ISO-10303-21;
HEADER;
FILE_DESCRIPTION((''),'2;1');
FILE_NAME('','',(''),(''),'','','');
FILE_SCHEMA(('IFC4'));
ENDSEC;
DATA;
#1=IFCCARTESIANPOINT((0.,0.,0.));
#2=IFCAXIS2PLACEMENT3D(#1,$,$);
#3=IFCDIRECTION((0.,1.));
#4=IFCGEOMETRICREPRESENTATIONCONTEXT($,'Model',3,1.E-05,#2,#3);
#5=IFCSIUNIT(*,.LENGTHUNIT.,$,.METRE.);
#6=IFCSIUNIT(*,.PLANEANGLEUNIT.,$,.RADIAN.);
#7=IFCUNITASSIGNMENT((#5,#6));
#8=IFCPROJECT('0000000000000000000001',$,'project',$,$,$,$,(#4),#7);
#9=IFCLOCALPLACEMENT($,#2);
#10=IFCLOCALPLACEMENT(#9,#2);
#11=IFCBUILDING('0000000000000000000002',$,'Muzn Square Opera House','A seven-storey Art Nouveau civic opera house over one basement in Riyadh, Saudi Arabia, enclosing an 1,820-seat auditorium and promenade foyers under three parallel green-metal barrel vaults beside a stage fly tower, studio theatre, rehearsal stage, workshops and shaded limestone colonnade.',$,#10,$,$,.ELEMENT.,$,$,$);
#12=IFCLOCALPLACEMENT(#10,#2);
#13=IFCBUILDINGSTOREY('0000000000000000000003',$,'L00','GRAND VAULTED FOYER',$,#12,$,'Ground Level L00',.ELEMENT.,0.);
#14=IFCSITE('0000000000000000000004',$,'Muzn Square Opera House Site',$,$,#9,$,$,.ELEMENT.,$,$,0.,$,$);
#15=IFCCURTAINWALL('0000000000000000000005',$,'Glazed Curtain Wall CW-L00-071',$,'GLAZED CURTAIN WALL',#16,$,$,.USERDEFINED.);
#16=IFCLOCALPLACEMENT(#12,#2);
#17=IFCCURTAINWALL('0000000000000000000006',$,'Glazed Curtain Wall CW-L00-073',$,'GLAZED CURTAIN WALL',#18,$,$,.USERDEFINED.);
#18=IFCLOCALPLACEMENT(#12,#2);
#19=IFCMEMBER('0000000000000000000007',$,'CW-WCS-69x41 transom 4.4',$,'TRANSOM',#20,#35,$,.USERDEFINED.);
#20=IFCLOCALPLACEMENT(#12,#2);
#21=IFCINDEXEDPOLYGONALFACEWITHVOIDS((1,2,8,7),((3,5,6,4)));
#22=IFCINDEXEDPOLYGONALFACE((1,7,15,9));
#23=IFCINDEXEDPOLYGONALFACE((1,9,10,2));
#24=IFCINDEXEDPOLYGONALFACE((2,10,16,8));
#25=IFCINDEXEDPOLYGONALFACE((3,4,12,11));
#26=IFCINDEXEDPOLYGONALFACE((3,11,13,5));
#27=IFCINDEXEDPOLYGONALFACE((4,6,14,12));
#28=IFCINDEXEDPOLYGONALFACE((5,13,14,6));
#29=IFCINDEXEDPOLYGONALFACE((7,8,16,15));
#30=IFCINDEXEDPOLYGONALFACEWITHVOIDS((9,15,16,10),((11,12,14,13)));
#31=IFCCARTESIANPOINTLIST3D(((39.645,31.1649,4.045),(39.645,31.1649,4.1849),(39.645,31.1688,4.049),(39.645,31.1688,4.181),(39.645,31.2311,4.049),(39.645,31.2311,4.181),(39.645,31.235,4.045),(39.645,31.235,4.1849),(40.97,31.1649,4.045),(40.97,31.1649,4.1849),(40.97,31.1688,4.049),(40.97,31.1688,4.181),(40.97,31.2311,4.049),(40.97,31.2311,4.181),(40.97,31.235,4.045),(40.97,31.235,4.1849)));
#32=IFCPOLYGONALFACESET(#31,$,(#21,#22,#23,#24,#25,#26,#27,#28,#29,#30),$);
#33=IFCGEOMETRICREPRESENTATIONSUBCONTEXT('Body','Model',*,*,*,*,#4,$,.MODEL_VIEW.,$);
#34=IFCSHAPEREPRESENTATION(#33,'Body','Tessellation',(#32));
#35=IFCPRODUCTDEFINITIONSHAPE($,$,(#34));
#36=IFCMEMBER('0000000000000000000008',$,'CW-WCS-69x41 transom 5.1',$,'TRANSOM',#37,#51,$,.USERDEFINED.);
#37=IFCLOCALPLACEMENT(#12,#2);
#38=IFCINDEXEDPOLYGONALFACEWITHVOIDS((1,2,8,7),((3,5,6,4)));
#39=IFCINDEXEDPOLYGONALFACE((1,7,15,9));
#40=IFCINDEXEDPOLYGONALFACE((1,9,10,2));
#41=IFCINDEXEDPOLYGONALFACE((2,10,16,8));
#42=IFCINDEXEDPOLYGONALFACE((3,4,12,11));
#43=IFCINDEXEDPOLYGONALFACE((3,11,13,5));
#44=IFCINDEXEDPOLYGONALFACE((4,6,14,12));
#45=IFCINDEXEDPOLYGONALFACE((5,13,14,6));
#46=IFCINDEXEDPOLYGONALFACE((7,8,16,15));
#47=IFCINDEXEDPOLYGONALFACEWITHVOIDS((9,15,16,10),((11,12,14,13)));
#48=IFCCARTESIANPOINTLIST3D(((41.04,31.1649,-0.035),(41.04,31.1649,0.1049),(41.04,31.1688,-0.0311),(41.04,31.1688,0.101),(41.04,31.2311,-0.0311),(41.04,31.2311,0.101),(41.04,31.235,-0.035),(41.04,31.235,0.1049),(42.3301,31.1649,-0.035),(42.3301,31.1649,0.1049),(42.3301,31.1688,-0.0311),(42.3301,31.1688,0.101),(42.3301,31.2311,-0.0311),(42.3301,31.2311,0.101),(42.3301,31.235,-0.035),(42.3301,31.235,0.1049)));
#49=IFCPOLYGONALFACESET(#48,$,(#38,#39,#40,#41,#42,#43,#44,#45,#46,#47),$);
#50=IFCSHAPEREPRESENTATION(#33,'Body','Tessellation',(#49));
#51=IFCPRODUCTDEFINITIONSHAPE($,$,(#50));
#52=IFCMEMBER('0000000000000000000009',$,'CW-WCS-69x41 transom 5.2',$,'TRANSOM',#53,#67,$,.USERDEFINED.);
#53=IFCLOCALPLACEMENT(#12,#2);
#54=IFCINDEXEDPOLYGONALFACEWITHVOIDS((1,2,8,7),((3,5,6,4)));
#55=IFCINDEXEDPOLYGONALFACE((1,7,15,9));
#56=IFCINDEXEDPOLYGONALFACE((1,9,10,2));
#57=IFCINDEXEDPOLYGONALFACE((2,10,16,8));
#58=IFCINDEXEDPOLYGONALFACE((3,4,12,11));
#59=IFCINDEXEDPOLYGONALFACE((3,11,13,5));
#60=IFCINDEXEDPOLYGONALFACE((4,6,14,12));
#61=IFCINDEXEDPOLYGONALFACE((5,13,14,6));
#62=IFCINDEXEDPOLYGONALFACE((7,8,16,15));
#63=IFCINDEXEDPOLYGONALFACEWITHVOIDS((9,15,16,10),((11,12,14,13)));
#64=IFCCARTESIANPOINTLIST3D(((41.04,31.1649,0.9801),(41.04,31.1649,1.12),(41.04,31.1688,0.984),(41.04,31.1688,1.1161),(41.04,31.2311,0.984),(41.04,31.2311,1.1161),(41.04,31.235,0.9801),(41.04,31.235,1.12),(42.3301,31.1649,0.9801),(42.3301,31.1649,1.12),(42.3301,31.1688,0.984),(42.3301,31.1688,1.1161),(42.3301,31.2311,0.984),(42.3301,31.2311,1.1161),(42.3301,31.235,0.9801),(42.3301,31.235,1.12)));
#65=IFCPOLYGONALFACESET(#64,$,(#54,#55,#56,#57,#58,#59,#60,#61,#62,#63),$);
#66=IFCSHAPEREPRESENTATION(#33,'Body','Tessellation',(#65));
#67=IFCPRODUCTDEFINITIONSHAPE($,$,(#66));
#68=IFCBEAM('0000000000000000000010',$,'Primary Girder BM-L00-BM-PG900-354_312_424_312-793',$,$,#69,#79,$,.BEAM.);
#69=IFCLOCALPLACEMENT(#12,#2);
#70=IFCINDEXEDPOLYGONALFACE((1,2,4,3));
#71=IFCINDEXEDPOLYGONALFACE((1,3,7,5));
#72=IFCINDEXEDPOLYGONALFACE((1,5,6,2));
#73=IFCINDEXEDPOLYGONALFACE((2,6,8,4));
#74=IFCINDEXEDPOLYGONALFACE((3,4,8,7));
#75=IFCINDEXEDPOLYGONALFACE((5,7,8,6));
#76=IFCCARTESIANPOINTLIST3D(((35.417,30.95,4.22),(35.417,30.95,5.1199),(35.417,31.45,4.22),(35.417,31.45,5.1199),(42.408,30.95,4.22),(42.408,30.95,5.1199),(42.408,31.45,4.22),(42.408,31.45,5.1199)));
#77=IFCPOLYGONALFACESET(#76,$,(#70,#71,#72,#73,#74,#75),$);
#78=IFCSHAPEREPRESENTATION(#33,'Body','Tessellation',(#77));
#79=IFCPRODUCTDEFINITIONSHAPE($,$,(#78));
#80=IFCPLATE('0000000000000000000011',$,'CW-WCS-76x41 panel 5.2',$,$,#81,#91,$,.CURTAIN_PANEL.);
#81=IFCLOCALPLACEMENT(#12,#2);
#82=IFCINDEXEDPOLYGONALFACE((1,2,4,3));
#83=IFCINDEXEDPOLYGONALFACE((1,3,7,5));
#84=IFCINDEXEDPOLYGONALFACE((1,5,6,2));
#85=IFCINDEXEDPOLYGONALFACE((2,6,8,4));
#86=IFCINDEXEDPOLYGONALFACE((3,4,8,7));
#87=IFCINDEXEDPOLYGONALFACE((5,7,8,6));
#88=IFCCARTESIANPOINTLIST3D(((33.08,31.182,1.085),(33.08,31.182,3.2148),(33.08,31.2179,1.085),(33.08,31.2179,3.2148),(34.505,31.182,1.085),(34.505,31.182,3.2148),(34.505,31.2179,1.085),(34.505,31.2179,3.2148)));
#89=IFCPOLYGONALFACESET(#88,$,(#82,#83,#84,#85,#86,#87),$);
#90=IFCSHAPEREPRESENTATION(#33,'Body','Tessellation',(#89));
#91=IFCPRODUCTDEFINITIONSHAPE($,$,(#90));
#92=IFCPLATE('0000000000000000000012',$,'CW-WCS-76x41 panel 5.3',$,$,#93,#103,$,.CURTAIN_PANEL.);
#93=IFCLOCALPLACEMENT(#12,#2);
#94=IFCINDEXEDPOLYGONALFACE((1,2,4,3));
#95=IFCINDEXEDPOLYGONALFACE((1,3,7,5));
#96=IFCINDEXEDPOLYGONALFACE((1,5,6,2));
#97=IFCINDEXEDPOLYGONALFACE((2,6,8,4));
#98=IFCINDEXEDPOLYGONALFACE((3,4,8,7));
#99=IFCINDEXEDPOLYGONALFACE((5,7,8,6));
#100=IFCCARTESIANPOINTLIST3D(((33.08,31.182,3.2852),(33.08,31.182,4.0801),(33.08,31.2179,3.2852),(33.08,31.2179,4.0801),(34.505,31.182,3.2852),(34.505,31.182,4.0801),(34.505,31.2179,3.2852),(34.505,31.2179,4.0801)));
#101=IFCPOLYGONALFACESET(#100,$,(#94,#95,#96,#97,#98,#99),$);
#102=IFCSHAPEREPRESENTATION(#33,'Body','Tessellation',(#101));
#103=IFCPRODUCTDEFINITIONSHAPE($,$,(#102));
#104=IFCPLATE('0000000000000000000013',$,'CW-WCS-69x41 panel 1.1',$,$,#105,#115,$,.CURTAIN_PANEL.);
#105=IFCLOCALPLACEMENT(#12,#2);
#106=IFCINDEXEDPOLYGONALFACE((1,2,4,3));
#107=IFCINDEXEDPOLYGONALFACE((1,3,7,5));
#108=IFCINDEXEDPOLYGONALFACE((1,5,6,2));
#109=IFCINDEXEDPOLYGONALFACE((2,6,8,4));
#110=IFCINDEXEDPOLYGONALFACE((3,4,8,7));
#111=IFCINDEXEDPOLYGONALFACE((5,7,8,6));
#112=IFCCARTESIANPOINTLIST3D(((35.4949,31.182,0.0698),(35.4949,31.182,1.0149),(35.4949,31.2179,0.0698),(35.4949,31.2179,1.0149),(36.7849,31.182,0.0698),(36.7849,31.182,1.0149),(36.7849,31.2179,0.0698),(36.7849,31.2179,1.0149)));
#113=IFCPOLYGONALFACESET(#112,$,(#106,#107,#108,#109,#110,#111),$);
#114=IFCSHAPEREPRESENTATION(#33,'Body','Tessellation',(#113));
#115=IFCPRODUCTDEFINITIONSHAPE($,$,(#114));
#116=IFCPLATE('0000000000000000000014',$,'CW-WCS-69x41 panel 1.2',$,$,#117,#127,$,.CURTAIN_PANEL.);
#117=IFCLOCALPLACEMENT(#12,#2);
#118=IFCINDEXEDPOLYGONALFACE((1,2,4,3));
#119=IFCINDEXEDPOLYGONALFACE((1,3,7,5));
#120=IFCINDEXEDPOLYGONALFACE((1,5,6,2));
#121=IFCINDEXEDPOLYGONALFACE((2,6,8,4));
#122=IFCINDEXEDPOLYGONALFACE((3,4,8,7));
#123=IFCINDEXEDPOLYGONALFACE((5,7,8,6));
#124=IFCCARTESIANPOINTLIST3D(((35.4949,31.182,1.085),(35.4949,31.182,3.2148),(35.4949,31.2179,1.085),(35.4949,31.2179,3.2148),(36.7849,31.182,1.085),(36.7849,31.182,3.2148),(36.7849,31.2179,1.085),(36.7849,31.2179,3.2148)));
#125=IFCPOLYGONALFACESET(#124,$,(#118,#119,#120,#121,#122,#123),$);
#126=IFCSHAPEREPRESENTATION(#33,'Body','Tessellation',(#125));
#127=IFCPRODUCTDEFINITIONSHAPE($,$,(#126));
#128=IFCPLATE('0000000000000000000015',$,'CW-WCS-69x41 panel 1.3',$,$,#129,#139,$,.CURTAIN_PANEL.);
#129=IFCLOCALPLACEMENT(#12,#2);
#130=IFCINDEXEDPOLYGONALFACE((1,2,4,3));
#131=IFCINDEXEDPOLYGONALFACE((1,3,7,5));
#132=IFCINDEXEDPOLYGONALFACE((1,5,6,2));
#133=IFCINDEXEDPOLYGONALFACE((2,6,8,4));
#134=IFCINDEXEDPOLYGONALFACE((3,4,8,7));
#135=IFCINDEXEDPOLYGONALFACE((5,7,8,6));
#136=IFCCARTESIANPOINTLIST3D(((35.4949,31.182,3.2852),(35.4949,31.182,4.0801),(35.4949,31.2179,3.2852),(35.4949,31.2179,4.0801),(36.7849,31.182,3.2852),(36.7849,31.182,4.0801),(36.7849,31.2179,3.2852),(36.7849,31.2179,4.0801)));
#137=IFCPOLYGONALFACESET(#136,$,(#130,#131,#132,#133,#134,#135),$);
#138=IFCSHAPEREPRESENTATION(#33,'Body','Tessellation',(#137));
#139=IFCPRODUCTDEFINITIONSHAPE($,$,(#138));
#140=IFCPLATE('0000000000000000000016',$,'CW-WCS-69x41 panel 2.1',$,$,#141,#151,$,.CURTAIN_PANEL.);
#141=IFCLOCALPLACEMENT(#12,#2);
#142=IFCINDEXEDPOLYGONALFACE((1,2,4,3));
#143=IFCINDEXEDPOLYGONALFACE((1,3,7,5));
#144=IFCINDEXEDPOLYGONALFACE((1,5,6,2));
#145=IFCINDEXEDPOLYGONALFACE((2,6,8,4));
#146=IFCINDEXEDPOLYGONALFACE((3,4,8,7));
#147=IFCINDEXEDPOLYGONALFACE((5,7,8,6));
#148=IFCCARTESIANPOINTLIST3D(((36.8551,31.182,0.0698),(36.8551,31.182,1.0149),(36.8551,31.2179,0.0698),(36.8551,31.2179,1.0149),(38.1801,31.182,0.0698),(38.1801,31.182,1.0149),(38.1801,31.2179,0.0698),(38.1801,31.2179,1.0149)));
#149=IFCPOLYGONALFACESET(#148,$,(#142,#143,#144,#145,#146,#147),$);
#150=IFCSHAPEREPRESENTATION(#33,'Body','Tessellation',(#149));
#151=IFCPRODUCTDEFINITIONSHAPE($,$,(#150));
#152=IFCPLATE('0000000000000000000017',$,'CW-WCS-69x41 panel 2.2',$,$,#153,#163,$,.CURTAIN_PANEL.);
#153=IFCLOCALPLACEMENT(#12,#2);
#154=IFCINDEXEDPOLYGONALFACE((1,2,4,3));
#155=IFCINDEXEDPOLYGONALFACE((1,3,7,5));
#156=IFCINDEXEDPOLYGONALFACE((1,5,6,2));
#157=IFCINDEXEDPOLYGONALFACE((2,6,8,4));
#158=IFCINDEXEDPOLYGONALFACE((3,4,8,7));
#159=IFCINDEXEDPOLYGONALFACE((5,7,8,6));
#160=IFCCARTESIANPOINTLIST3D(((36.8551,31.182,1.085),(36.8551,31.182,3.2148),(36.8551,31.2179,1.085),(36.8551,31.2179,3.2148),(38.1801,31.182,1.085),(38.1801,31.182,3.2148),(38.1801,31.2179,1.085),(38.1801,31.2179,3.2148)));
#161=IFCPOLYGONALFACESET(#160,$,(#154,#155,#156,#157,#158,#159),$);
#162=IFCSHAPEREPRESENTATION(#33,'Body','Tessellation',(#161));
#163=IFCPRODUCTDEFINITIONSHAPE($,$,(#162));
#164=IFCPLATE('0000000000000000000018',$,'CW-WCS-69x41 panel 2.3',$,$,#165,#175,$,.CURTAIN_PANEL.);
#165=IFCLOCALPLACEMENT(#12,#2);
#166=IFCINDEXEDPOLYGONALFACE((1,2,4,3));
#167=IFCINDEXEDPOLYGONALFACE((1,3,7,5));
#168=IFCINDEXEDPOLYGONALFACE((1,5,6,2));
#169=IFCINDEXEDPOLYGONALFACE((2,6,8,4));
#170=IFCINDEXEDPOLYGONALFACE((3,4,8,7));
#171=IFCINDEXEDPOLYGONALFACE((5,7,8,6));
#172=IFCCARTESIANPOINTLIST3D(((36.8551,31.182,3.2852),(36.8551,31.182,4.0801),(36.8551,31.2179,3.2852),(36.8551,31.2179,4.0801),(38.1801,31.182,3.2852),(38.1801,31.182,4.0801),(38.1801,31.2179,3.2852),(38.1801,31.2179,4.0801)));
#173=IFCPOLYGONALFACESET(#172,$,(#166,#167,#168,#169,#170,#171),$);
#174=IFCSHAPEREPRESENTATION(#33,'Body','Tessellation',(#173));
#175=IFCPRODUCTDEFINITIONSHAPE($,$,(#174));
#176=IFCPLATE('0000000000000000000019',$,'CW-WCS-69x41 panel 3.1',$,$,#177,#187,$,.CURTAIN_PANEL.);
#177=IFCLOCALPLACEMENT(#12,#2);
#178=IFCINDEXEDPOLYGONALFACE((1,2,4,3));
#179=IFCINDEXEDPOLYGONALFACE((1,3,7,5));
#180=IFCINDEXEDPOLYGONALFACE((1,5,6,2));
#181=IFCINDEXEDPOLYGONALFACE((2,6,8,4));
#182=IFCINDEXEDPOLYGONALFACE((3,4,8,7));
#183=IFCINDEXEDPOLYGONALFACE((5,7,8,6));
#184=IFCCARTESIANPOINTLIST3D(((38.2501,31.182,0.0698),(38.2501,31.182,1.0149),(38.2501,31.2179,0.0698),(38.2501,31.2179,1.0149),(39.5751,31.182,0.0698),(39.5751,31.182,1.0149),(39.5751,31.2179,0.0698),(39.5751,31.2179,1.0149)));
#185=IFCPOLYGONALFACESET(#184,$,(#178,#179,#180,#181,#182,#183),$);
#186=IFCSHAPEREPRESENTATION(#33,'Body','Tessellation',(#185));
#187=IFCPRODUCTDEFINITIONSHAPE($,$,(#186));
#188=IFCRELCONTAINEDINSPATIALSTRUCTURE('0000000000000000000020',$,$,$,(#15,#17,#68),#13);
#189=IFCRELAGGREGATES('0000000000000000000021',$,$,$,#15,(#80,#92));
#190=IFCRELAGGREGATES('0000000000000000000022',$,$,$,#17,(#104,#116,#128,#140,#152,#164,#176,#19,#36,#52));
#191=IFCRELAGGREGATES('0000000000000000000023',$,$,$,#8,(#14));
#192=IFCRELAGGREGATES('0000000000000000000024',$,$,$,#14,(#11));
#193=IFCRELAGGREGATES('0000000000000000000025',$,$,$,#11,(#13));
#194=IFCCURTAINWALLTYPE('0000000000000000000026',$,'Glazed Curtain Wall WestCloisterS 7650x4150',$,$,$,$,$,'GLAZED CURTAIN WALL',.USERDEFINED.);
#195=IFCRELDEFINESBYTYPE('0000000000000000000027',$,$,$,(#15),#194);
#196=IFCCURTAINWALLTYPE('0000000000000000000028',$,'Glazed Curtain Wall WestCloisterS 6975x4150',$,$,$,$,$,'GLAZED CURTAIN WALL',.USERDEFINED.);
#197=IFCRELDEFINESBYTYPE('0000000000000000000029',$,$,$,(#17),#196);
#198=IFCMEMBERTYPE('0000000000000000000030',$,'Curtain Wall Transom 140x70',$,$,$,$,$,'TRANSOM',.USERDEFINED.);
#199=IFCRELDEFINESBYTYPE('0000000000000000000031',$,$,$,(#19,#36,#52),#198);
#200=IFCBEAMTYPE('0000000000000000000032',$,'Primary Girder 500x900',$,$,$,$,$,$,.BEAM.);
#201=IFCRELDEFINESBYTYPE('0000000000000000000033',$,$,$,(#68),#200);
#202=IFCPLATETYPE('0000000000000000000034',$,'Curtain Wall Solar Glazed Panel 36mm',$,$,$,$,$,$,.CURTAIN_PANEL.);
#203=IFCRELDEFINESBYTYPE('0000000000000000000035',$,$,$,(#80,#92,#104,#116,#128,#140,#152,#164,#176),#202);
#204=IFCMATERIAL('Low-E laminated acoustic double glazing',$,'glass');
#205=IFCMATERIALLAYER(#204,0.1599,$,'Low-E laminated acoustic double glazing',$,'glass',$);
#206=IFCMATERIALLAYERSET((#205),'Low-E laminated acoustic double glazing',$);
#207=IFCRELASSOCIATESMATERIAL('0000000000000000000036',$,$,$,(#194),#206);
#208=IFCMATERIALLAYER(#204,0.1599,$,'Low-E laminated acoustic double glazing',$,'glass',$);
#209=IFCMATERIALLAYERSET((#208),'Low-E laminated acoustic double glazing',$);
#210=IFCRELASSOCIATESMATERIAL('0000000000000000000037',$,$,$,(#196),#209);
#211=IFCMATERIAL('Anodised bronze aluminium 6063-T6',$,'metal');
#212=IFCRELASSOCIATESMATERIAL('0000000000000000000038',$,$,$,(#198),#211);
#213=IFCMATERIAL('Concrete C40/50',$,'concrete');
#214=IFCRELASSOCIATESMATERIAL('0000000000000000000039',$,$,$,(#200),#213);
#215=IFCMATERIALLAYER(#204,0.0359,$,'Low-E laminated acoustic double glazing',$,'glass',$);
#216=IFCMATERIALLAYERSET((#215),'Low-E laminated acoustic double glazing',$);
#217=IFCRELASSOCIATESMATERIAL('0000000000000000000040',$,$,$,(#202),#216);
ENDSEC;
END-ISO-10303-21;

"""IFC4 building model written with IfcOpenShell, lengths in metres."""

from ifc_helpers import new_model, si_unit, direction, frame, origin, origin_2d, place, context, subcontext, project, spatial, rectangle, hollow_rectangle, extrude, material, layer, layer_set, material_profile, profile_set, type_object, element, aggregate, save


model = new_model("IFC4")

# Units and contexts
model_context = context("Model", 3, precision=1e-05, world=origin(), true_north=direction((0.0, 1.0)))
body_context = subcontext(model_context, "Body", "Model", "MODEL_VIEW")
ifc_project = project(units=[si_unit("LENGTHUNIT", "METRE"), si_unit("PLANEANGLEUNIT", "RADIAN")], contexts=[model_context])

# Site, building, storey
site_placement = place(None, origin())
site = spatial("IfcSite", under=ifc_project, at=site_placement, Name="Muzn Square Opera House Site", CompositionType="ELEMENT", RefElevation=0.0)
building_placement = place(site_placement, origin())
building = spatial("IfcBuilding", under=site, at=building_placement, Name="Muzn Square Opera House", Description="A seven-storey Art Nouveau civic opera house over one basement in Riyadh, Saudi Arabia, enclosing an 1,820-seat auditorium and promenade foyers under three parallel green-metal barrel vaults beside a stage fly tower, studio theatre, rehearsal stage, workshops and shaded limestone colonnade.", CompositionType="ELEMENT")
storey_placement = place(building_placement, origin())
storey = spatial("IfcBuildingStorey", under=building, at=storey_placement, Name="L00", Description="GRAND VAULTED FOYER", LongName="Ground Level L00", CompositionType="ELEMENT", Elevation=0.0)

# Curtain wall
ifc_material_1 = material(Name="Low-E laminated acoustic double glazing", Category="glass")
ifc_layer_1 = layer(ifc_material_1, 0.1599, Name="Low-E laminated acoustic double glazing", Category="glass")
ifc_layer_set_1 = layer_set([ifc_layer_1], Name="Low-E laminated acoustic double glazing")
curtain_wall_type_1 = type_object("IfcCurtainWallType", Name="Glazed Curtain Wall WestCloisterS 7650x4150", ElementType="GLAZED CURTAIN WALL", PredefinedType="USERDEFINED", material=ifc_layer_set_1)
curtain_wall_1_placement = place(storey_placement, origin())
curtain_wall_1 = element("IfcCurtainWall", 1, at=curtain_wall_1_placement, inside=storey, type_object=curtain_wall_type_1, Name="Glazed Curtain Wall CW-L00-071", ObjectType="GLAZED CURTAIN WALL", PredefinedType="USERDEFINED")
ifc_material_2 = material(Name="Anodised bronze aluminium 6063-T6", Category="metal")

# Curtain wall, members
ifc_layer_2 = layer(ifc_material_1, 0.1599, Name="Low-E laminated acoustic double glazing", Category="glass")
ifc_layer_set_2 = layer_set([ifc_layer_2], Name="Low-E laminated acoustic double glazing")
curtain_wall_type_2 = type_object("IfcCurtainWallType", Name="Glazed Curtain Wall WestCloisterS 6975x4150", ElementType="GLAZED CURTAIN WALL", PredefinedType="USERDEFINED", material=ifc_layer_set_2)
curtain_wall_2_placement = place(storey_placement, origin())
curtain_wall_2 = element("IfcCurtainWall", 2, at=curtain_wall_2_placement, inside=storey, type_object=curtain_wall_type_2, Name="Glazed Curtain Wall CW-L00-073", ObjectType="GLAZED CURTAIN WALL", PredefinedType="USERDEFINED")
ifc_material_profile_1 = material_profile(ifc_material_2, hollow_rectangle(XDim=0.0701, YDim=0.1399, WallThickness=0.0039, at=origin_2d()), Name="ALU 140x70x4", Category="metal")
ifc_profile_set_1 = profile_set([ifc_material_profile_1], Name="Anodised bronze aluminium 6063-T6")
member_type_1 = type_object("IfcMemberType", Name="Curtain Wall Transom 140x70", ElementType="TRANSOM", PredefinedType="USERDEFINED", material=ifc_profile_set_1)
member_1_placement = place(storey_placement, frame((39.645, 31.2, 4.115), z_axis=(1.0, 0.0, 0.0), x_axis=(0.0, 1.0, 0.0)))
member_1 = element("IfcMember", 3, at=member_1_placement, type_object=member_type_1, Name="CW-WCS-69x41 transom 4.4", ObjectType="TRANSOM", PredefinedType="USERDEFINED", context=body_context, shape_type="SweptSolid", body=[
    extrude(hollow_rectangle(XDim=0.0701, YDim=0.1399, WallThickness=0.0039, at=origin_2d()), origin(), (0.0, 0.0, 1.0), 1.325),
])
member_2_placement = place(storey_placement, frame((41.04, 31.2, 0.0349), z_axis=(1.0, 0.0, 0.0), x_axis=(0.0, 1.0, 0.0)))
member_2 = element("IfcMember", 4, at=member_2_placement, type_object=member_type_1, Name="CW-WCS-69x41 transom 5.1", ObjectType="TRANSOM", PredefinedType="USERDEFINED", context=body_context, shape_type="SweptSolid", body=[
    extrude(hollow_rectangle(XDim=0.0701, YDim=0.1399, WallThickness=0.0039, at=origin_2d()), origin(), (0.0, 0.0, 1.0), 1.29),
])
member_3_placement = place(storey_placement, frame((41.04, 31.2, 1.05), z_axis=(1.0, 0.0, 0.0), x_axis=(0.0, 1.0, 0.0)))
member_3 = element("IfcMember", 5, at=member_3_placement, type_object=member_type_1, Name="CW-WCS-69x41 transom 5.2", ObjectType="TRANSOM", PredefinedType="USERDEFINED", context=body_context, shape_type="SweptSolid", body=[
    extrude(hollow_rectangle(XDim=0.0701, YDim=0.1399, WallThickness=0.0039, at=origin_2d()), origin(), (0.0, 0.0, 1.0), 1.29),
])

# Beam
ifc_material_3 = material(Name="Concrete C40/50", Category="concrete")
ifc_material_profile_2 = material_profile(ifc_material_3, rectangle(XDim=0.5, YDim=0.8999, at=origin_2d()), Name="RCB 500x900", Category="concrete")
ifc_profile_set_2 = profile_set([ifc_material_profile_2], Name="Concrete C40/50")
beam_type = type_object("IfcBeamType", Name="Primary Girder 500x900", PredefinedType="BEAM", material=ifc_profile_set_2)
beam_placement = place(storey_placement, frame((35.417, 31.2, 4.6699), z_axis=(1.0, 0.0, 0.0), x_axis=(0.0, 1.0, 0.0)))
element("IfcBeam", 6, at=beam_placement, inside=storey, type_object=beam_type, Name="Primary Girder BM-L00-BM-PG900-354_312_424_312-793", PredefinedType="BEAM", context=body_context, shape_type="SweptSolid", body=[
    extrude(rectangle(XDim=0.5, YDim=0.8999, at=origin_2d()), origin(), (0.0, 0.0, 1.0), 6.991),
])

# Plates
ifc_layer_3 = layer(ifc_material_1, 0.0359, Name="Low-E laminated acoustic double glazing", Category="glass")
ifc_layer_set_3 = layer_set([ifc_layer_3], Name="Low-E laminated acoustic double glazing")
plate_type = type_object("IfcPlateType", Name="Curtain Wall Solar Glazed Panel 36mm", PredefinedType="CURTAIN_PANEL", material=ifc_layer_set_3)
plate_1_placement = place(storey_placement, frame((33.7925, 31.2, 1.085), z_axis=(0.0, 0.0, 1.0), x_axis=(1.0, 0.0, 0.0)))
plate_1 = element("IfcPlate", 7, at=plate_1_placement, type_object=plate_type, Name="CW-WCS-76x41 panel 5.2", PredefinedType="CURTAIN_PANEL", context=body_context, shape_type="SweptSolid", body=[
    extrude(rectangle(XDim=1.425, YDim=0.0359, at=origin_2d()), origin(), (0.0, 0.0, 1.0), 2.1299),
])
plate_2_placement = place(storey_placement, frame((33.7925, 31.2, 3.2852), z_axis=(0.0, 0.0, 1.0), x_axis=(1.0, 0.0, 0.0)))
plate_2 = element("IfcPlate", 8, at=plate_2_placement, type_object=plate_type, Name="CW-WCS-76x41 panel 5.3", PredefinedType="CURTAIN_PANEL", context=body_context, shape_type="SweptSolid", body=[
    extrude(rectangle(XDim=1.425, YDim=0.0359, at=origin_2d()), origin(), (0.0, 0.0, 1.0), 0.7949),
])
aggregate(curtain_wall_1, [plate_1, plate_2])
plate_3_placement = place(storey_placement, frame((36.1399, 31.2, 0.0698), z_axis=(0.0, 0.0, 1.0), x_axis=(1.0, 0.0, 0.0)))
plate_3 = element("IfcPlate", 9, at=plate_3_placement, type_object=plate_type, Name="CW-WCS-69x41 panel 1.1", PredefinedType="CURTAIN_PANEL", context=body_context, shape_type="SweptSolid", body=[
    extrude(rectangle(XDim=1.29, YDim=0.0359, at=origin_2d()), origin(), (0.0, 0.0, 1.0), 0.9451),
])
plate_4_placement = place(storey_placement, frame((36.1399, 31.2, 1.085), z_axis=(0.0, 0.0, 1.0), x_axis=(1.0, 0.0, 0.0)))
plate_4 = element("IfcPlate", 10, at=plate_4_placement, type_object=plate_type, Name="CW-WCS-69x41 panel 1.2", PredefinedType="CURTAIN_PANEL", context=body_context, shape_type="SweptSolid", body=[
    extrude(rectangle(XDim=1.29, YDim=0.0359, at=origin_2d()), origin(), (0.0, 0.0, 1.0), 2.1299),
])
plate_5_placement = place(storey_placement, frame((36.1399, 31.2, 3.2852), z_axis=(0.0, 0.0, 1.0), x_axis=(1.0, 0.0, 0.0)))
plate_5 = element("IfcPlate", 11, at=plate_5_placement, type_object=plate_type, Name="CW-WCS-69x41 panel 1.3", PredefinedType="CURTAIN_PANEL", context=body_context, shape_type="SweptSolid", body=[
    extrude(rectangle(XDim=1.29, YDim=0.0359, at=origin_2d()), origin(), (0.0, 0.0, 1.0), 0.7949),
])
plate_6_placement = place(storey_placement, frame((37.5176, 31.2, 0.0698), z_axis=(0.0, 0.0, 1.0), x_axis=(1.0, 0.0, 0.0)))
plate_6 = element("IfcPlate", 12, at=plate_6_placement, type_object=plate_type, Name="CW-WCS-69x41 panel 2.1", PredefinedType="CURTAIN_PANEL", context=body_context, shape_type="SweptSolid", body=[
    extrude(rectangle(XDim=1.325, YDim=0.0359, at=origin_2d()), origin(), (0.0, 0.0, 1.0), 0.9451),
])
plate_7_placement = place(storey_placement, frame((37.5176, 31.2, 1.085), z_axis=(0.0, 0.0, 1.0), x_axis=(1.0, 0.0, 0.0)))
plate_7 = element("IfcPlate", 13, at=plate_7_placement, type_object=plate_type, Name="CW-WCS-69x41 panel 2.2", PredefinedType="CURTAIN_PANEL", context=body_context, shape_type="SweptSolid", body=[
    extrude(rectangle(XDim=1.325, YDim=0.0359, at=origin_2d()), origin(), (0.0, 0.0, 1.0), 2.1299),
])
plate_8_placement = place(storey_placement, frame((37.5176, 31.2, 3.2852), z_axis=(0.0, 0.0, 1.0), x_axis=(1.0, 0.0, 0.0)))
plate_8 = element("IfcPlate", 14, at=plate_8_placement, type_object=plate_type, Name="CW-WCS-69x41 panel 2.3", PredefinedType="CURTAIN_PANEL", context=body_context, shape_type="SweptSolid", body=[
    extrude(rectangle(XDim=1.325, YDim=0.0359, at=origin_2d()), origin(), (0.0, 0.0, 1.0), 0.7949),
])
plate_9_placement = place(storey_placement, frame((38.9126, 31.2, 0.0698), z_axis=(0.0, 0.0, 1.0), x_axis=(1.0, 0.0, 0.0)))
plate_9 = element("IfcPlate", 15, at=plate_9_placement, type_object=plate_type, Name="CW-WCS-69x41 panel 3.1", PredefinedType="CURTAIN_PANEL", context=body_context, shape_type="SweptSolid", body=[
    extrude(rectangle(XDim=1.325, YDim=0.0359, at=origin_2d()), origin(), (0.0, 0.0, 1.0), 0.9451),
])
aggregate(curtain_wall_2, [plate_3, plate_4, plate_5, plate_6, plate_7, plate_8, plate_9, member_1, member_2, member_3])

save(model, "model.ifc")
